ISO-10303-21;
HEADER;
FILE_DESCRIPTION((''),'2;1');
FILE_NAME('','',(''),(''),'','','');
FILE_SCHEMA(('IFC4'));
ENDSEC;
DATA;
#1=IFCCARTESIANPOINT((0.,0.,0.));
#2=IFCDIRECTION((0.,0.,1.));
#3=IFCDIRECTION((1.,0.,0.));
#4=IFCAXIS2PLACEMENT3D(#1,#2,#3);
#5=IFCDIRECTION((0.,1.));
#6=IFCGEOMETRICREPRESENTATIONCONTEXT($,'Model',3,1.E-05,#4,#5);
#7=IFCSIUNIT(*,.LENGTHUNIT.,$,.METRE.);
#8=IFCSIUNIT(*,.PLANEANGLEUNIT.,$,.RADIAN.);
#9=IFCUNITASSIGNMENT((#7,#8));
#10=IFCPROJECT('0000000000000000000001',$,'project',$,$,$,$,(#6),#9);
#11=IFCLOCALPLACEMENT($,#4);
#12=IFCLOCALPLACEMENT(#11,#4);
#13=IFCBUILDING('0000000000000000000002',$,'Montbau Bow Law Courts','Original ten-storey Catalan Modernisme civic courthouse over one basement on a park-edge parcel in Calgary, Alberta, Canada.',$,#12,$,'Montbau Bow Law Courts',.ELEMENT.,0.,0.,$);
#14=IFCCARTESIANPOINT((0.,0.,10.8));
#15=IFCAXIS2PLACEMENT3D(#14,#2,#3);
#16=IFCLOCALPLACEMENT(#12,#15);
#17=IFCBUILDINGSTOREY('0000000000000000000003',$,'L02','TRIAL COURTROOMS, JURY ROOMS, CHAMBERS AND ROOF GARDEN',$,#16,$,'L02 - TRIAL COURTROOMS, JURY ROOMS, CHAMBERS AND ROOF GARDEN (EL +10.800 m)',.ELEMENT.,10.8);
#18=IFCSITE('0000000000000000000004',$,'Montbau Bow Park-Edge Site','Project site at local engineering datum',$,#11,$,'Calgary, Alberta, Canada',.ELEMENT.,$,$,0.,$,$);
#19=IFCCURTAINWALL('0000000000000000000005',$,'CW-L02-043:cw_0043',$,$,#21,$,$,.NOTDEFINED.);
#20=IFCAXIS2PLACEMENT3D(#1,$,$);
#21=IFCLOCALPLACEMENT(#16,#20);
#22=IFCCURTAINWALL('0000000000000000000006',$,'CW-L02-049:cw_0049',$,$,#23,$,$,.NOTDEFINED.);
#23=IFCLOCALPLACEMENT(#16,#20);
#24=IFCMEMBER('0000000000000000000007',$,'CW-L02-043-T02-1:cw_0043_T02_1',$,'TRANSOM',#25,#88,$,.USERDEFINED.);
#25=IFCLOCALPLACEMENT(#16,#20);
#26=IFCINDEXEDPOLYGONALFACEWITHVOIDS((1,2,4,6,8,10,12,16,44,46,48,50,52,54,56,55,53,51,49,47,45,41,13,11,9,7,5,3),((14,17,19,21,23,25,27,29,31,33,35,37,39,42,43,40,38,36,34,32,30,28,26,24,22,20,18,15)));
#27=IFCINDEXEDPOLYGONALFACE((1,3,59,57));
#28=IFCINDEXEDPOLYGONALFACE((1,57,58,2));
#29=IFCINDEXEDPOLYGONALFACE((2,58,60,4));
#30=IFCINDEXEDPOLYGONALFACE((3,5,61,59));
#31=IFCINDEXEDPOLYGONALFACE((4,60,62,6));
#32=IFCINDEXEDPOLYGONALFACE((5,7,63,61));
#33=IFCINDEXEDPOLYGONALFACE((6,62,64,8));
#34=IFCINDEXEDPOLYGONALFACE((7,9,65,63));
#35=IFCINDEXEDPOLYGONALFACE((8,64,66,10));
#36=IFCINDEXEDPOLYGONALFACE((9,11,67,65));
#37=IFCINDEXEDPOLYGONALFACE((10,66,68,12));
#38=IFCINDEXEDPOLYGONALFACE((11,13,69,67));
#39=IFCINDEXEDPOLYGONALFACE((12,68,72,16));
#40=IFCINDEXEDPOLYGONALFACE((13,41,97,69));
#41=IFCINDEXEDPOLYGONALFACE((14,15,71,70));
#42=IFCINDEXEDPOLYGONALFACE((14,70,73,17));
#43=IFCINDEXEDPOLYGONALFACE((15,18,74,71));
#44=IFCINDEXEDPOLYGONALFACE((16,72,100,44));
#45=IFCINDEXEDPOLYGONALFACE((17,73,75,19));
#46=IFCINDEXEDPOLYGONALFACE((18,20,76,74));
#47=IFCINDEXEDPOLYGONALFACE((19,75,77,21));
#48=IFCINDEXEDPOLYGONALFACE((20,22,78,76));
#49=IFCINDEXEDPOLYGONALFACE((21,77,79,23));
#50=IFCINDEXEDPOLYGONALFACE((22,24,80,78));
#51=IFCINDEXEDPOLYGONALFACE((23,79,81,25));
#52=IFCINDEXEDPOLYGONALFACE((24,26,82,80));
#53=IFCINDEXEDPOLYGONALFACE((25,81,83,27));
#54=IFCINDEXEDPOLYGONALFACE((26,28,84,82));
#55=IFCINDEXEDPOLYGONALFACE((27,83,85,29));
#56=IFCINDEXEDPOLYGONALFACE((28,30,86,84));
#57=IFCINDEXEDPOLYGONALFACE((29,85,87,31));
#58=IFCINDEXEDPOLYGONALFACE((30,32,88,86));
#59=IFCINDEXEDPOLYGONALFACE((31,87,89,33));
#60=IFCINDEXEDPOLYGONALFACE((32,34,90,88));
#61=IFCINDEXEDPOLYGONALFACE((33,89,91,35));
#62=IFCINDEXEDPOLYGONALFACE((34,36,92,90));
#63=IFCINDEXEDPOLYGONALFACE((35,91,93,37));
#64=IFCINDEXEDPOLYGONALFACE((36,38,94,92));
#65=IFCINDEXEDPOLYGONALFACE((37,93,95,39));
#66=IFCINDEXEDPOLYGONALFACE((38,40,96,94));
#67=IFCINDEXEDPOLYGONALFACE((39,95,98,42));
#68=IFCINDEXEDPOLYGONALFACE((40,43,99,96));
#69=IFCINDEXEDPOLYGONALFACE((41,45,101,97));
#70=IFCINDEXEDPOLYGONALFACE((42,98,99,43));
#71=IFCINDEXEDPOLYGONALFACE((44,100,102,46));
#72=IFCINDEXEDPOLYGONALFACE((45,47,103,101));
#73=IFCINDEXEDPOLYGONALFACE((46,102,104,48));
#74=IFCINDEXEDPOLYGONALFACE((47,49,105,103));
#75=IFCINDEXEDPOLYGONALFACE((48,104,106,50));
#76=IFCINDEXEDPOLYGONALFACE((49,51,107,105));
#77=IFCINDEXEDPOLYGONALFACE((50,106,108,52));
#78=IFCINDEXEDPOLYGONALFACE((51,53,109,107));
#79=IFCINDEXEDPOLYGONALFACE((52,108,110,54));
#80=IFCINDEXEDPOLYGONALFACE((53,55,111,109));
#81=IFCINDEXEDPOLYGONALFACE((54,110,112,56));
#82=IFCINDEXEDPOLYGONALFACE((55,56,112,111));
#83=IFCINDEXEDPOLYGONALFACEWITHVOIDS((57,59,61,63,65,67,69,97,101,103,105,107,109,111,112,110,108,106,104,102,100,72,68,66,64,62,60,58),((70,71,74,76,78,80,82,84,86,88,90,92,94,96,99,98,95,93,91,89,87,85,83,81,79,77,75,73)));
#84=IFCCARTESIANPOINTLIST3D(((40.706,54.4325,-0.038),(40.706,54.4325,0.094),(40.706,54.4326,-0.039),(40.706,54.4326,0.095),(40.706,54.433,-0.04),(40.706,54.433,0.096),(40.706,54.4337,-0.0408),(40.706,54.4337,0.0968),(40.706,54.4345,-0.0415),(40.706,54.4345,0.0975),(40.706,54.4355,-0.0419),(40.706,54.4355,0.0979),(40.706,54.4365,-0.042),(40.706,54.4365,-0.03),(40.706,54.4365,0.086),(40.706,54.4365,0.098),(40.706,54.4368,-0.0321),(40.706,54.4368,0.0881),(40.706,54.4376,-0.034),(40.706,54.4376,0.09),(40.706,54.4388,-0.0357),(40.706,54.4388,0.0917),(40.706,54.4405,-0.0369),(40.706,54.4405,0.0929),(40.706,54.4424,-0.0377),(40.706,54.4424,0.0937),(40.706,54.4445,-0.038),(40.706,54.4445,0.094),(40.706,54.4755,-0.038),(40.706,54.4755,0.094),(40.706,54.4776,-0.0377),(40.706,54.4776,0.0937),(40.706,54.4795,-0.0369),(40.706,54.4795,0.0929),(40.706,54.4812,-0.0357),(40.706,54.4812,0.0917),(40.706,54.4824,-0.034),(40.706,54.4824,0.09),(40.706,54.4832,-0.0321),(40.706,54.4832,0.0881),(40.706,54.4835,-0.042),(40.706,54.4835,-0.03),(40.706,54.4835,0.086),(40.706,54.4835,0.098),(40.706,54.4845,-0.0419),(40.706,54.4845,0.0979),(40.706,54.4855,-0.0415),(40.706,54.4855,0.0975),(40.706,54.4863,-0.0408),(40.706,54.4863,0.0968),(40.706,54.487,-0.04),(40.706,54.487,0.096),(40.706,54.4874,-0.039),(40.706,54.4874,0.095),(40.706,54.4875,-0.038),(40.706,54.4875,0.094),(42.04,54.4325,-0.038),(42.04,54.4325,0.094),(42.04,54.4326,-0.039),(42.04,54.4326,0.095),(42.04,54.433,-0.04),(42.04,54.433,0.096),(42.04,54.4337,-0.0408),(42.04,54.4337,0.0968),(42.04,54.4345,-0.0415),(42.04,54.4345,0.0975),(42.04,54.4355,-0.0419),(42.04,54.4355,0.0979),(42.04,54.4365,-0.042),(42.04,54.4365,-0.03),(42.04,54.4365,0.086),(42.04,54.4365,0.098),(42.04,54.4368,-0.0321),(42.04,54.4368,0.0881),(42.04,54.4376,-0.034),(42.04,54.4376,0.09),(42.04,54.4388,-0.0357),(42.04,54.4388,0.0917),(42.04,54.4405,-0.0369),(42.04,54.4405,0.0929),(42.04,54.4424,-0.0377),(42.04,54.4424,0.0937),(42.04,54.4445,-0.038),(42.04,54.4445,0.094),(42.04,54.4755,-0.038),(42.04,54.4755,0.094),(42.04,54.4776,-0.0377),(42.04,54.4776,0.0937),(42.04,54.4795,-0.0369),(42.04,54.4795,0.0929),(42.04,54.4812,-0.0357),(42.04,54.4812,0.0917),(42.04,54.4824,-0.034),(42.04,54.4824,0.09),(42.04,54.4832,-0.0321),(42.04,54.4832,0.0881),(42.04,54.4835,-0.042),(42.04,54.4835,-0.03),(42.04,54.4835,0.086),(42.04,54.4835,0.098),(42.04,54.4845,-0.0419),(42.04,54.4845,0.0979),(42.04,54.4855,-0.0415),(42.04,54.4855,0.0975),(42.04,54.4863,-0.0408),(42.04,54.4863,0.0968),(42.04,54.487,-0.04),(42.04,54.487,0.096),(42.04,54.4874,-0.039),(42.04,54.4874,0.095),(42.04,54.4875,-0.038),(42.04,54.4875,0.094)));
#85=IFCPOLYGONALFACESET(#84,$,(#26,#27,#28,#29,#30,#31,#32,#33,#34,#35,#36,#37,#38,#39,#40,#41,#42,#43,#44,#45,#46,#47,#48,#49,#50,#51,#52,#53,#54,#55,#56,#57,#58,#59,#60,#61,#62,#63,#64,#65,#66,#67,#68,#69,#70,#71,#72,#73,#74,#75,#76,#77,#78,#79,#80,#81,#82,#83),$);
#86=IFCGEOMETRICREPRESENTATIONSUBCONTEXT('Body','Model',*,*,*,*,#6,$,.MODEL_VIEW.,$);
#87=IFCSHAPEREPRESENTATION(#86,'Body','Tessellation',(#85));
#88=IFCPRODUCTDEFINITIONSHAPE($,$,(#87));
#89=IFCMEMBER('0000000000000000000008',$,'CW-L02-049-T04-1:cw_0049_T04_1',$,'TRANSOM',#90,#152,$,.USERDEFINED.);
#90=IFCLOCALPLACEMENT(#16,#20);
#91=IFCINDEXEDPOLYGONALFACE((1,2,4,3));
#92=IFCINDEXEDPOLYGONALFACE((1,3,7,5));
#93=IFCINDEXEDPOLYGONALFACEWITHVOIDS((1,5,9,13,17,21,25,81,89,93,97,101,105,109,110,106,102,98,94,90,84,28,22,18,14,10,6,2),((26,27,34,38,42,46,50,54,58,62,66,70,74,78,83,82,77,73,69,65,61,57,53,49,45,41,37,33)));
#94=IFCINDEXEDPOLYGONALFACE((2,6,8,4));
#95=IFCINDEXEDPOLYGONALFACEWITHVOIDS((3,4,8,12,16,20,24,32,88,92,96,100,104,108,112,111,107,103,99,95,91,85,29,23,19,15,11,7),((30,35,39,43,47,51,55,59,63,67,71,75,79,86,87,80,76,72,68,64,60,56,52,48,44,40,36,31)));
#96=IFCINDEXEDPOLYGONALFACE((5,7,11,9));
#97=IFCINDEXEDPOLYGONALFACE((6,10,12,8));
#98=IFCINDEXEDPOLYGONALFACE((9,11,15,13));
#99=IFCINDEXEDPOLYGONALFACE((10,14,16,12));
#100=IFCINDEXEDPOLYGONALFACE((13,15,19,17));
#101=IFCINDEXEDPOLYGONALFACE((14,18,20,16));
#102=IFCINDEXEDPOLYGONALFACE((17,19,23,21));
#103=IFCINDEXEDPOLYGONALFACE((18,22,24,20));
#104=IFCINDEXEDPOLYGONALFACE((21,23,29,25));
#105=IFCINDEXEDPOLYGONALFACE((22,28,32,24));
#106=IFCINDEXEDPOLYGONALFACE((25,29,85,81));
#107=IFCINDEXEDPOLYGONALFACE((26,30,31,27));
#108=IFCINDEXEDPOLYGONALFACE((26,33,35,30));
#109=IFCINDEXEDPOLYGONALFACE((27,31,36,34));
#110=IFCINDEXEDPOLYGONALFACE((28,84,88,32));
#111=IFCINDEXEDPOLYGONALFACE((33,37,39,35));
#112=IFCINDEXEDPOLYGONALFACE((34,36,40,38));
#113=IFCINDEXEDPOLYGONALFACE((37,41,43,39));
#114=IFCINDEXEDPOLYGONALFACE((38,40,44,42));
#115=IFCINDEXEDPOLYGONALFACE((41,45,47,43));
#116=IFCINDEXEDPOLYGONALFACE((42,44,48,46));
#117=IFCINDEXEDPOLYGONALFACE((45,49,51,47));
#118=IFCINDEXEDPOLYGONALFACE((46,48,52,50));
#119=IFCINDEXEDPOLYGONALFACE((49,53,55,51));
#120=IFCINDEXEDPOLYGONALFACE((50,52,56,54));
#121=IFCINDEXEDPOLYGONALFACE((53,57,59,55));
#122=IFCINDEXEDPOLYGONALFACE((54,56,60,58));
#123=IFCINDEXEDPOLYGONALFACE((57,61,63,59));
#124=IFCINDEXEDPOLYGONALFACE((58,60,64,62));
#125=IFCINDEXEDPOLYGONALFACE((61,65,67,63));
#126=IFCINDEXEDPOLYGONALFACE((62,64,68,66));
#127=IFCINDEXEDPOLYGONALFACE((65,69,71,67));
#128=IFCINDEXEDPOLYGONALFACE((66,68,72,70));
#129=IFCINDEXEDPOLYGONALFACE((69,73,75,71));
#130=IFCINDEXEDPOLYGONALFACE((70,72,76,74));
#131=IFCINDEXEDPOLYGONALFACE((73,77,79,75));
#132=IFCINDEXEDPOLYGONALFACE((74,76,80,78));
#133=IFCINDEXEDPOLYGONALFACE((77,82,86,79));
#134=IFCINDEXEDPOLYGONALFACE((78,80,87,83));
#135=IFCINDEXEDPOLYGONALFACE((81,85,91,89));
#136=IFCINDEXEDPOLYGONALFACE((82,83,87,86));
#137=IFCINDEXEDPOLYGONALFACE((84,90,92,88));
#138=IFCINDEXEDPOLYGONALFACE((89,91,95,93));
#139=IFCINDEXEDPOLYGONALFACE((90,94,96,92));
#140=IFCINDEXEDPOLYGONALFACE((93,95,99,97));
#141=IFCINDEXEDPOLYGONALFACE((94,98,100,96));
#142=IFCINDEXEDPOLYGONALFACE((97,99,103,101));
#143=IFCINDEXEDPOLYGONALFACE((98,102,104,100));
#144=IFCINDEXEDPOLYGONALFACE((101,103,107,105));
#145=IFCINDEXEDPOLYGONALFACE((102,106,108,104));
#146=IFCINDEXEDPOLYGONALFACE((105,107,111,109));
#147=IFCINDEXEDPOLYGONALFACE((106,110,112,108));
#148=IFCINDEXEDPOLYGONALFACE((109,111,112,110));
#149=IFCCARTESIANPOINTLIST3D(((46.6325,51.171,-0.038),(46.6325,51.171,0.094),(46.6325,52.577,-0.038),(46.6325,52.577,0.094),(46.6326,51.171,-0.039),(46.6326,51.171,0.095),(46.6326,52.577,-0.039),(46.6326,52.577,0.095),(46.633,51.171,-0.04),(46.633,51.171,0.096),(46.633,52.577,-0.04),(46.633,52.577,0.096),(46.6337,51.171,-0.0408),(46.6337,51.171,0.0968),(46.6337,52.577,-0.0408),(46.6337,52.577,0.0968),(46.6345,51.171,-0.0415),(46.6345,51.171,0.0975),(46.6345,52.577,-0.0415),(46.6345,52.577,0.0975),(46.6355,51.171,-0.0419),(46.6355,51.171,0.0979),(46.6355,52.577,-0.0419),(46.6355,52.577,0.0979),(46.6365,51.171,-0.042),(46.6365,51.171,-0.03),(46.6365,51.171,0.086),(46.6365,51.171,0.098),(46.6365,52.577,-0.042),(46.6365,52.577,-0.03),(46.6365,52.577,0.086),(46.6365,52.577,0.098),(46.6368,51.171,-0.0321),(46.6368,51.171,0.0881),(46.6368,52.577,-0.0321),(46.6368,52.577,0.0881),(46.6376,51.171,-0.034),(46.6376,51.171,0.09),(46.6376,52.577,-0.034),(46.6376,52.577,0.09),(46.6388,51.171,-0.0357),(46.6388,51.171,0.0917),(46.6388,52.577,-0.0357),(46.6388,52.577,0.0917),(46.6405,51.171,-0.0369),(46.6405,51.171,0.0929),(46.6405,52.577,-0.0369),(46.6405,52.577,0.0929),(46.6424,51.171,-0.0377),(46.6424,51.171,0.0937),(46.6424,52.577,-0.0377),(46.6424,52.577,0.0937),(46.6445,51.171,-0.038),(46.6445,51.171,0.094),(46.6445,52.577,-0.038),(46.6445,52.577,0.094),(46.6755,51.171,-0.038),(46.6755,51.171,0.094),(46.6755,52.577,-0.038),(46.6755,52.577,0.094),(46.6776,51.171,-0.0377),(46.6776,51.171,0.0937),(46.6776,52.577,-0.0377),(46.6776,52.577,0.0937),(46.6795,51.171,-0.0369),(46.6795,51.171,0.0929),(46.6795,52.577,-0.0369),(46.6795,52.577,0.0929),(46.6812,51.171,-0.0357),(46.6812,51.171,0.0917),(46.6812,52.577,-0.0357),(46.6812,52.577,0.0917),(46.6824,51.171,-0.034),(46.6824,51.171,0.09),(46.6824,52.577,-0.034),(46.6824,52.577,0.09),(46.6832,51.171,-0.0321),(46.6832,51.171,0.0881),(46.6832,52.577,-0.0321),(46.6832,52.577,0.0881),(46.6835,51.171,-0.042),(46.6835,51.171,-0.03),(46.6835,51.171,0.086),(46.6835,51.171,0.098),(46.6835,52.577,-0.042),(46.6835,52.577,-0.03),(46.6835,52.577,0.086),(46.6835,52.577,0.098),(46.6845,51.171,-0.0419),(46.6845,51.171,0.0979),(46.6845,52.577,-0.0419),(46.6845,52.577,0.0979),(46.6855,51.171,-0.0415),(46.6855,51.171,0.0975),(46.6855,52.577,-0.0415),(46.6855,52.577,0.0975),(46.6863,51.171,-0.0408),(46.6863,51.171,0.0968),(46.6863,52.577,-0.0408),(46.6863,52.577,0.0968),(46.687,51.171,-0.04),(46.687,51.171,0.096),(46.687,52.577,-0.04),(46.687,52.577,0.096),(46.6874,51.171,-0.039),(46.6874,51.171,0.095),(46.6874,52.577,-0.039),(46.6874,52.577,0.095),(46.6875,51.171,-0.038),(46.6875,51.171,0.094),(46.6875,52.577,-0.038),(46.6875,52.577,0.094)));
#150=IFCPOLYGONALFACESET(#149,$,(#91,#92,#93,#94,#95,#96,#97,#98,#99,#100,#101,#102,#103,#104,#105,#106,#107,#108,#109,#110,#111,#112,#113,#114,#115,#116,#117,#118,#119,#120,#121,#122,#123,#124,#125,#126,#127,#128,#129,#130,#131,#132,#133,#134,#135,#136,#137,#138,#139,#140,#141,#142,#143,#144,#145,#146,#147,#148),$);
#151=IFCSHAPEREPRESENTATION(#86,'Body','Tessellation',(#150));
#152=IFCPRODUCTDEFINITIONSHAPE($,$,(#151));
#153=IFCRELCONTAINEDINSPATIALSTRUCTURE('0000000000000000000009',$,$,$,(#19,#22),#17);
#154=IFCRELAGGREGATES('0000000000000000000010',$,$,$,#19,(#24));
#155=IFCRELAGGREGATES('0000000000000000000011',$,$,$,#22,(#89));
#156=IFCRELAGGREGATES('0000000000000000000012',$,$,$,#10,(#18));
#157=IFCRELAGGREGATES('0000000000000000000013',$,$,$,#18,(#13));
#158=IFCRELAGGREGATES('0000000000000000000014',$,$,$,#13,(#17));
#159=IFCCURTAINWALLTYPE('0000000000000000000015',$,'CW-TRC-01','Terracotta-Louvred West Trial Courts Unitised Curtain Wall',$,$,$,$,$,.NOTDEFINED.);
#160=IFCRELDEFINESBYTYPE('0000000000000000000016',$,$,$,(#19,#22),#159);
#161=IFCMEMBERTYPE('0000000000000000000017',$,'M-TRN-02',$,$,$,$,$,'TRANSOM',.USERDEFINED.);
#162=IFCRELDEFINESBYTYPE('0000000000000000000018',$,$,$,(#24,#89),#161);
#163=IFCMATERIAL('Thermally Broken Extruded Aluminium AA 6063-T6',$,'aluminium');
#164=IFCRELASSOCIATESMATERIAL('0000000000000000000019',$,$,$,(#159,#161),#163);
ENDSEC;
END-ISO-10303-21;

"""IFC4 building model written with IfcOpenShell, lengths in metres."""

from ifc_helpers import new_model, si_unit, direction, frame, origin_with_axes, origin_2d_with_axis, place, context, subcontext, project, spatial, hollow_rectangle, extrude, material, material_profile, profile_set, type_object, element, aggregate, save


model = new_model("IFC4")

# Units and contexts
model_context = context("Model", 3, precision=1e-05, world=origin_with_axes(), true_north=direction((0.0, 1.0)))
body_context = subcontext(model_context, "Body", "Model", "MODEL_VIEW")
ifc_project = project(units=[si_unit("LENGTHUNIT", "METRE"), si_unit("PLANEANGLEUNIT", "RADIAN")], contexts=[model_context])

# Site, building, storey
site_placement = place(None, origin_with_axes())
site = spatial("IfcSite", under=ifc_project, at=site_placement, Name="Montbau Bow Park-Edge Site", Description="Project site at local engineering datum", LongName="Calgary, Alberta, Canada", CompositionType="ELEMENT", RefElevation=0.0)
building_placement = place(site_placement, origin_with_axes())
building = spatial("IfcBuilding", under=site, at=building_placement, Name="Montbau Bow Law Courts", Description="Original ten-storey Catalan Modernisme civic courthouse over one basement on a park-edge parcel in Calgary, Alberta, Canada.", LongName="Montbau Bow Law Courts", CompositionType="ELEMENT", ElevationOfRefHeight=0.0, ElevationOfTerrain=0.0)
storey_placement = place(building_placement, frame((0.0, 0.0, 10.8), z_axis=(0.0, 0.0, 1.0), x_axis=(1.0, 0.0, 0.0)))
storey = spatial("IfcBuildingStorey", under=building, at=storey_placement, Name="L02", Description="TRIAL COURTROOMS, JURY ROOMS, CHAMBERS AND ROOF GARDEN", LongName="L02 - TRIAL COURTROOMS, JURY ROOMS, CHAMBERS AND ROOF GARDEN (EL +10.800 m)", CompositionType="ELEMENT", Elevation=10.8)

# Curtain walls
ifc_material_1 = material(Name="Thermally Broken Extruded Aluminium AA 6063-T6", Category="aluminium")
curtain_wall_type = type_object("IfcCurtainWallType", Name="CW-TRC-01", Description="Terracotta-Louvred West Trial Courts Unitised Curtain Wall", PredefinedType="NOTDEFINED", material=ifc_material_1)
curtain_wall_1_placement = place(None, frame((39.268, 54.46, 10.8), z_axis=(0.0, 0.0, 1.0), x_axis=(1.0, 0.0, 0.0)))
curtain_wall_1 = element("IfcCurtainWall", 1, at=curtain_wall_1_placement, inside=storey, type_object=curtain_wall_type, Name="CW-L02-043:cw_0043", PredefinedType="NOTDEFINED")
curtain_wall_2_placement = place(None, frame((46.66, 46.715, 10.8), z_axis=(0.0, 0.0, 1.0), x_axis=(1.0, 0.0, 0.0)))
curtain_wall_2 = element("IfcCurtainWall", 2, at=curtain_wall_2_placement, inside=storey, type_object=curtain_wall_type, Name="CW-L02-049:cw_0049", PredefinedType="NOTDEFINED")

# Members
ifc_material_profile_1 = material_profile(ifc_material_1, hollow_rectangle(XDim=0.055, YDim=0.14, WallThickness=0.004, InnerFilletRadius=0.008, OuterFilletRadius=0.004, at=origin_2d_with_axis()), Name="CWT-140X55", Category="Main", Priority=0)
ifc_profile_set_1 = profile_set([ifc_material_profile_1], Name="Thermally Broken Extruded Aluminium AA 6063-T6")
member_type_1 = type_object("IfcMemberType", Name="M-TRN-02", ElementType="TRANSOM", PredefinedType="USERDEFINED", material=ifc_profile_set_1)
member_1_placement = place(None, frame((40.706, 54.46, 10.828), z_axis=(1.0, 0.0, 0.0), x_axis=(0.0, 1.0, 0.0)))
member_1 = element("IfcMember", 3, at=member_1_placement, type_object=member_type_1, Name="CW-L02-043-T02-1:cw_0043_T02_1", ObjectType="TRANSOM", PredefinedType="USERDEFINED", context=body_context, shape_type="SweptSolid", body=[
    extrude(hollow_rectangle(XDim=0.055, YDim=0.14, WallThickness=0.004, InnerFilletRadius=0.008, OuterFilletRadius=0.004, at=origin_2d_with_axis()), origin_with_axes(), (0.0, 0.0, 1.0), 1.334),
])
member_2_placement = place(None, frame((46.66, 51.171, 10.828), z_axis=(0.0, 1.0, 0.0), x_axis=(-1.0, 0.0, 0.0)))
member_2 = element("IfcMember", 4, at=member_2_placement, type_object=member_type_1, Name="CW-L02-049-T04-1:cw_0049_T04_1", ObjectType="TRANSOM", PredefinedType="USERDEFINED", context=body_context, shape_type="SweptSolid", body=[
    extrude(hollow_rectangle(XDim=0.055, YDim=0.14, WallThickness=0.004, InnerFilletRadius=0.008, OuterFilletRadius=0.004, at=origin_2d_with_axis()), origin_with_axes(), (0.0, 0.0, 1.0), 1.406),
])

aggregate(curtain_wall_1, [member_1])
aggregate(curtain_wall_2, [member_2])

save(model, "model.ifc")
